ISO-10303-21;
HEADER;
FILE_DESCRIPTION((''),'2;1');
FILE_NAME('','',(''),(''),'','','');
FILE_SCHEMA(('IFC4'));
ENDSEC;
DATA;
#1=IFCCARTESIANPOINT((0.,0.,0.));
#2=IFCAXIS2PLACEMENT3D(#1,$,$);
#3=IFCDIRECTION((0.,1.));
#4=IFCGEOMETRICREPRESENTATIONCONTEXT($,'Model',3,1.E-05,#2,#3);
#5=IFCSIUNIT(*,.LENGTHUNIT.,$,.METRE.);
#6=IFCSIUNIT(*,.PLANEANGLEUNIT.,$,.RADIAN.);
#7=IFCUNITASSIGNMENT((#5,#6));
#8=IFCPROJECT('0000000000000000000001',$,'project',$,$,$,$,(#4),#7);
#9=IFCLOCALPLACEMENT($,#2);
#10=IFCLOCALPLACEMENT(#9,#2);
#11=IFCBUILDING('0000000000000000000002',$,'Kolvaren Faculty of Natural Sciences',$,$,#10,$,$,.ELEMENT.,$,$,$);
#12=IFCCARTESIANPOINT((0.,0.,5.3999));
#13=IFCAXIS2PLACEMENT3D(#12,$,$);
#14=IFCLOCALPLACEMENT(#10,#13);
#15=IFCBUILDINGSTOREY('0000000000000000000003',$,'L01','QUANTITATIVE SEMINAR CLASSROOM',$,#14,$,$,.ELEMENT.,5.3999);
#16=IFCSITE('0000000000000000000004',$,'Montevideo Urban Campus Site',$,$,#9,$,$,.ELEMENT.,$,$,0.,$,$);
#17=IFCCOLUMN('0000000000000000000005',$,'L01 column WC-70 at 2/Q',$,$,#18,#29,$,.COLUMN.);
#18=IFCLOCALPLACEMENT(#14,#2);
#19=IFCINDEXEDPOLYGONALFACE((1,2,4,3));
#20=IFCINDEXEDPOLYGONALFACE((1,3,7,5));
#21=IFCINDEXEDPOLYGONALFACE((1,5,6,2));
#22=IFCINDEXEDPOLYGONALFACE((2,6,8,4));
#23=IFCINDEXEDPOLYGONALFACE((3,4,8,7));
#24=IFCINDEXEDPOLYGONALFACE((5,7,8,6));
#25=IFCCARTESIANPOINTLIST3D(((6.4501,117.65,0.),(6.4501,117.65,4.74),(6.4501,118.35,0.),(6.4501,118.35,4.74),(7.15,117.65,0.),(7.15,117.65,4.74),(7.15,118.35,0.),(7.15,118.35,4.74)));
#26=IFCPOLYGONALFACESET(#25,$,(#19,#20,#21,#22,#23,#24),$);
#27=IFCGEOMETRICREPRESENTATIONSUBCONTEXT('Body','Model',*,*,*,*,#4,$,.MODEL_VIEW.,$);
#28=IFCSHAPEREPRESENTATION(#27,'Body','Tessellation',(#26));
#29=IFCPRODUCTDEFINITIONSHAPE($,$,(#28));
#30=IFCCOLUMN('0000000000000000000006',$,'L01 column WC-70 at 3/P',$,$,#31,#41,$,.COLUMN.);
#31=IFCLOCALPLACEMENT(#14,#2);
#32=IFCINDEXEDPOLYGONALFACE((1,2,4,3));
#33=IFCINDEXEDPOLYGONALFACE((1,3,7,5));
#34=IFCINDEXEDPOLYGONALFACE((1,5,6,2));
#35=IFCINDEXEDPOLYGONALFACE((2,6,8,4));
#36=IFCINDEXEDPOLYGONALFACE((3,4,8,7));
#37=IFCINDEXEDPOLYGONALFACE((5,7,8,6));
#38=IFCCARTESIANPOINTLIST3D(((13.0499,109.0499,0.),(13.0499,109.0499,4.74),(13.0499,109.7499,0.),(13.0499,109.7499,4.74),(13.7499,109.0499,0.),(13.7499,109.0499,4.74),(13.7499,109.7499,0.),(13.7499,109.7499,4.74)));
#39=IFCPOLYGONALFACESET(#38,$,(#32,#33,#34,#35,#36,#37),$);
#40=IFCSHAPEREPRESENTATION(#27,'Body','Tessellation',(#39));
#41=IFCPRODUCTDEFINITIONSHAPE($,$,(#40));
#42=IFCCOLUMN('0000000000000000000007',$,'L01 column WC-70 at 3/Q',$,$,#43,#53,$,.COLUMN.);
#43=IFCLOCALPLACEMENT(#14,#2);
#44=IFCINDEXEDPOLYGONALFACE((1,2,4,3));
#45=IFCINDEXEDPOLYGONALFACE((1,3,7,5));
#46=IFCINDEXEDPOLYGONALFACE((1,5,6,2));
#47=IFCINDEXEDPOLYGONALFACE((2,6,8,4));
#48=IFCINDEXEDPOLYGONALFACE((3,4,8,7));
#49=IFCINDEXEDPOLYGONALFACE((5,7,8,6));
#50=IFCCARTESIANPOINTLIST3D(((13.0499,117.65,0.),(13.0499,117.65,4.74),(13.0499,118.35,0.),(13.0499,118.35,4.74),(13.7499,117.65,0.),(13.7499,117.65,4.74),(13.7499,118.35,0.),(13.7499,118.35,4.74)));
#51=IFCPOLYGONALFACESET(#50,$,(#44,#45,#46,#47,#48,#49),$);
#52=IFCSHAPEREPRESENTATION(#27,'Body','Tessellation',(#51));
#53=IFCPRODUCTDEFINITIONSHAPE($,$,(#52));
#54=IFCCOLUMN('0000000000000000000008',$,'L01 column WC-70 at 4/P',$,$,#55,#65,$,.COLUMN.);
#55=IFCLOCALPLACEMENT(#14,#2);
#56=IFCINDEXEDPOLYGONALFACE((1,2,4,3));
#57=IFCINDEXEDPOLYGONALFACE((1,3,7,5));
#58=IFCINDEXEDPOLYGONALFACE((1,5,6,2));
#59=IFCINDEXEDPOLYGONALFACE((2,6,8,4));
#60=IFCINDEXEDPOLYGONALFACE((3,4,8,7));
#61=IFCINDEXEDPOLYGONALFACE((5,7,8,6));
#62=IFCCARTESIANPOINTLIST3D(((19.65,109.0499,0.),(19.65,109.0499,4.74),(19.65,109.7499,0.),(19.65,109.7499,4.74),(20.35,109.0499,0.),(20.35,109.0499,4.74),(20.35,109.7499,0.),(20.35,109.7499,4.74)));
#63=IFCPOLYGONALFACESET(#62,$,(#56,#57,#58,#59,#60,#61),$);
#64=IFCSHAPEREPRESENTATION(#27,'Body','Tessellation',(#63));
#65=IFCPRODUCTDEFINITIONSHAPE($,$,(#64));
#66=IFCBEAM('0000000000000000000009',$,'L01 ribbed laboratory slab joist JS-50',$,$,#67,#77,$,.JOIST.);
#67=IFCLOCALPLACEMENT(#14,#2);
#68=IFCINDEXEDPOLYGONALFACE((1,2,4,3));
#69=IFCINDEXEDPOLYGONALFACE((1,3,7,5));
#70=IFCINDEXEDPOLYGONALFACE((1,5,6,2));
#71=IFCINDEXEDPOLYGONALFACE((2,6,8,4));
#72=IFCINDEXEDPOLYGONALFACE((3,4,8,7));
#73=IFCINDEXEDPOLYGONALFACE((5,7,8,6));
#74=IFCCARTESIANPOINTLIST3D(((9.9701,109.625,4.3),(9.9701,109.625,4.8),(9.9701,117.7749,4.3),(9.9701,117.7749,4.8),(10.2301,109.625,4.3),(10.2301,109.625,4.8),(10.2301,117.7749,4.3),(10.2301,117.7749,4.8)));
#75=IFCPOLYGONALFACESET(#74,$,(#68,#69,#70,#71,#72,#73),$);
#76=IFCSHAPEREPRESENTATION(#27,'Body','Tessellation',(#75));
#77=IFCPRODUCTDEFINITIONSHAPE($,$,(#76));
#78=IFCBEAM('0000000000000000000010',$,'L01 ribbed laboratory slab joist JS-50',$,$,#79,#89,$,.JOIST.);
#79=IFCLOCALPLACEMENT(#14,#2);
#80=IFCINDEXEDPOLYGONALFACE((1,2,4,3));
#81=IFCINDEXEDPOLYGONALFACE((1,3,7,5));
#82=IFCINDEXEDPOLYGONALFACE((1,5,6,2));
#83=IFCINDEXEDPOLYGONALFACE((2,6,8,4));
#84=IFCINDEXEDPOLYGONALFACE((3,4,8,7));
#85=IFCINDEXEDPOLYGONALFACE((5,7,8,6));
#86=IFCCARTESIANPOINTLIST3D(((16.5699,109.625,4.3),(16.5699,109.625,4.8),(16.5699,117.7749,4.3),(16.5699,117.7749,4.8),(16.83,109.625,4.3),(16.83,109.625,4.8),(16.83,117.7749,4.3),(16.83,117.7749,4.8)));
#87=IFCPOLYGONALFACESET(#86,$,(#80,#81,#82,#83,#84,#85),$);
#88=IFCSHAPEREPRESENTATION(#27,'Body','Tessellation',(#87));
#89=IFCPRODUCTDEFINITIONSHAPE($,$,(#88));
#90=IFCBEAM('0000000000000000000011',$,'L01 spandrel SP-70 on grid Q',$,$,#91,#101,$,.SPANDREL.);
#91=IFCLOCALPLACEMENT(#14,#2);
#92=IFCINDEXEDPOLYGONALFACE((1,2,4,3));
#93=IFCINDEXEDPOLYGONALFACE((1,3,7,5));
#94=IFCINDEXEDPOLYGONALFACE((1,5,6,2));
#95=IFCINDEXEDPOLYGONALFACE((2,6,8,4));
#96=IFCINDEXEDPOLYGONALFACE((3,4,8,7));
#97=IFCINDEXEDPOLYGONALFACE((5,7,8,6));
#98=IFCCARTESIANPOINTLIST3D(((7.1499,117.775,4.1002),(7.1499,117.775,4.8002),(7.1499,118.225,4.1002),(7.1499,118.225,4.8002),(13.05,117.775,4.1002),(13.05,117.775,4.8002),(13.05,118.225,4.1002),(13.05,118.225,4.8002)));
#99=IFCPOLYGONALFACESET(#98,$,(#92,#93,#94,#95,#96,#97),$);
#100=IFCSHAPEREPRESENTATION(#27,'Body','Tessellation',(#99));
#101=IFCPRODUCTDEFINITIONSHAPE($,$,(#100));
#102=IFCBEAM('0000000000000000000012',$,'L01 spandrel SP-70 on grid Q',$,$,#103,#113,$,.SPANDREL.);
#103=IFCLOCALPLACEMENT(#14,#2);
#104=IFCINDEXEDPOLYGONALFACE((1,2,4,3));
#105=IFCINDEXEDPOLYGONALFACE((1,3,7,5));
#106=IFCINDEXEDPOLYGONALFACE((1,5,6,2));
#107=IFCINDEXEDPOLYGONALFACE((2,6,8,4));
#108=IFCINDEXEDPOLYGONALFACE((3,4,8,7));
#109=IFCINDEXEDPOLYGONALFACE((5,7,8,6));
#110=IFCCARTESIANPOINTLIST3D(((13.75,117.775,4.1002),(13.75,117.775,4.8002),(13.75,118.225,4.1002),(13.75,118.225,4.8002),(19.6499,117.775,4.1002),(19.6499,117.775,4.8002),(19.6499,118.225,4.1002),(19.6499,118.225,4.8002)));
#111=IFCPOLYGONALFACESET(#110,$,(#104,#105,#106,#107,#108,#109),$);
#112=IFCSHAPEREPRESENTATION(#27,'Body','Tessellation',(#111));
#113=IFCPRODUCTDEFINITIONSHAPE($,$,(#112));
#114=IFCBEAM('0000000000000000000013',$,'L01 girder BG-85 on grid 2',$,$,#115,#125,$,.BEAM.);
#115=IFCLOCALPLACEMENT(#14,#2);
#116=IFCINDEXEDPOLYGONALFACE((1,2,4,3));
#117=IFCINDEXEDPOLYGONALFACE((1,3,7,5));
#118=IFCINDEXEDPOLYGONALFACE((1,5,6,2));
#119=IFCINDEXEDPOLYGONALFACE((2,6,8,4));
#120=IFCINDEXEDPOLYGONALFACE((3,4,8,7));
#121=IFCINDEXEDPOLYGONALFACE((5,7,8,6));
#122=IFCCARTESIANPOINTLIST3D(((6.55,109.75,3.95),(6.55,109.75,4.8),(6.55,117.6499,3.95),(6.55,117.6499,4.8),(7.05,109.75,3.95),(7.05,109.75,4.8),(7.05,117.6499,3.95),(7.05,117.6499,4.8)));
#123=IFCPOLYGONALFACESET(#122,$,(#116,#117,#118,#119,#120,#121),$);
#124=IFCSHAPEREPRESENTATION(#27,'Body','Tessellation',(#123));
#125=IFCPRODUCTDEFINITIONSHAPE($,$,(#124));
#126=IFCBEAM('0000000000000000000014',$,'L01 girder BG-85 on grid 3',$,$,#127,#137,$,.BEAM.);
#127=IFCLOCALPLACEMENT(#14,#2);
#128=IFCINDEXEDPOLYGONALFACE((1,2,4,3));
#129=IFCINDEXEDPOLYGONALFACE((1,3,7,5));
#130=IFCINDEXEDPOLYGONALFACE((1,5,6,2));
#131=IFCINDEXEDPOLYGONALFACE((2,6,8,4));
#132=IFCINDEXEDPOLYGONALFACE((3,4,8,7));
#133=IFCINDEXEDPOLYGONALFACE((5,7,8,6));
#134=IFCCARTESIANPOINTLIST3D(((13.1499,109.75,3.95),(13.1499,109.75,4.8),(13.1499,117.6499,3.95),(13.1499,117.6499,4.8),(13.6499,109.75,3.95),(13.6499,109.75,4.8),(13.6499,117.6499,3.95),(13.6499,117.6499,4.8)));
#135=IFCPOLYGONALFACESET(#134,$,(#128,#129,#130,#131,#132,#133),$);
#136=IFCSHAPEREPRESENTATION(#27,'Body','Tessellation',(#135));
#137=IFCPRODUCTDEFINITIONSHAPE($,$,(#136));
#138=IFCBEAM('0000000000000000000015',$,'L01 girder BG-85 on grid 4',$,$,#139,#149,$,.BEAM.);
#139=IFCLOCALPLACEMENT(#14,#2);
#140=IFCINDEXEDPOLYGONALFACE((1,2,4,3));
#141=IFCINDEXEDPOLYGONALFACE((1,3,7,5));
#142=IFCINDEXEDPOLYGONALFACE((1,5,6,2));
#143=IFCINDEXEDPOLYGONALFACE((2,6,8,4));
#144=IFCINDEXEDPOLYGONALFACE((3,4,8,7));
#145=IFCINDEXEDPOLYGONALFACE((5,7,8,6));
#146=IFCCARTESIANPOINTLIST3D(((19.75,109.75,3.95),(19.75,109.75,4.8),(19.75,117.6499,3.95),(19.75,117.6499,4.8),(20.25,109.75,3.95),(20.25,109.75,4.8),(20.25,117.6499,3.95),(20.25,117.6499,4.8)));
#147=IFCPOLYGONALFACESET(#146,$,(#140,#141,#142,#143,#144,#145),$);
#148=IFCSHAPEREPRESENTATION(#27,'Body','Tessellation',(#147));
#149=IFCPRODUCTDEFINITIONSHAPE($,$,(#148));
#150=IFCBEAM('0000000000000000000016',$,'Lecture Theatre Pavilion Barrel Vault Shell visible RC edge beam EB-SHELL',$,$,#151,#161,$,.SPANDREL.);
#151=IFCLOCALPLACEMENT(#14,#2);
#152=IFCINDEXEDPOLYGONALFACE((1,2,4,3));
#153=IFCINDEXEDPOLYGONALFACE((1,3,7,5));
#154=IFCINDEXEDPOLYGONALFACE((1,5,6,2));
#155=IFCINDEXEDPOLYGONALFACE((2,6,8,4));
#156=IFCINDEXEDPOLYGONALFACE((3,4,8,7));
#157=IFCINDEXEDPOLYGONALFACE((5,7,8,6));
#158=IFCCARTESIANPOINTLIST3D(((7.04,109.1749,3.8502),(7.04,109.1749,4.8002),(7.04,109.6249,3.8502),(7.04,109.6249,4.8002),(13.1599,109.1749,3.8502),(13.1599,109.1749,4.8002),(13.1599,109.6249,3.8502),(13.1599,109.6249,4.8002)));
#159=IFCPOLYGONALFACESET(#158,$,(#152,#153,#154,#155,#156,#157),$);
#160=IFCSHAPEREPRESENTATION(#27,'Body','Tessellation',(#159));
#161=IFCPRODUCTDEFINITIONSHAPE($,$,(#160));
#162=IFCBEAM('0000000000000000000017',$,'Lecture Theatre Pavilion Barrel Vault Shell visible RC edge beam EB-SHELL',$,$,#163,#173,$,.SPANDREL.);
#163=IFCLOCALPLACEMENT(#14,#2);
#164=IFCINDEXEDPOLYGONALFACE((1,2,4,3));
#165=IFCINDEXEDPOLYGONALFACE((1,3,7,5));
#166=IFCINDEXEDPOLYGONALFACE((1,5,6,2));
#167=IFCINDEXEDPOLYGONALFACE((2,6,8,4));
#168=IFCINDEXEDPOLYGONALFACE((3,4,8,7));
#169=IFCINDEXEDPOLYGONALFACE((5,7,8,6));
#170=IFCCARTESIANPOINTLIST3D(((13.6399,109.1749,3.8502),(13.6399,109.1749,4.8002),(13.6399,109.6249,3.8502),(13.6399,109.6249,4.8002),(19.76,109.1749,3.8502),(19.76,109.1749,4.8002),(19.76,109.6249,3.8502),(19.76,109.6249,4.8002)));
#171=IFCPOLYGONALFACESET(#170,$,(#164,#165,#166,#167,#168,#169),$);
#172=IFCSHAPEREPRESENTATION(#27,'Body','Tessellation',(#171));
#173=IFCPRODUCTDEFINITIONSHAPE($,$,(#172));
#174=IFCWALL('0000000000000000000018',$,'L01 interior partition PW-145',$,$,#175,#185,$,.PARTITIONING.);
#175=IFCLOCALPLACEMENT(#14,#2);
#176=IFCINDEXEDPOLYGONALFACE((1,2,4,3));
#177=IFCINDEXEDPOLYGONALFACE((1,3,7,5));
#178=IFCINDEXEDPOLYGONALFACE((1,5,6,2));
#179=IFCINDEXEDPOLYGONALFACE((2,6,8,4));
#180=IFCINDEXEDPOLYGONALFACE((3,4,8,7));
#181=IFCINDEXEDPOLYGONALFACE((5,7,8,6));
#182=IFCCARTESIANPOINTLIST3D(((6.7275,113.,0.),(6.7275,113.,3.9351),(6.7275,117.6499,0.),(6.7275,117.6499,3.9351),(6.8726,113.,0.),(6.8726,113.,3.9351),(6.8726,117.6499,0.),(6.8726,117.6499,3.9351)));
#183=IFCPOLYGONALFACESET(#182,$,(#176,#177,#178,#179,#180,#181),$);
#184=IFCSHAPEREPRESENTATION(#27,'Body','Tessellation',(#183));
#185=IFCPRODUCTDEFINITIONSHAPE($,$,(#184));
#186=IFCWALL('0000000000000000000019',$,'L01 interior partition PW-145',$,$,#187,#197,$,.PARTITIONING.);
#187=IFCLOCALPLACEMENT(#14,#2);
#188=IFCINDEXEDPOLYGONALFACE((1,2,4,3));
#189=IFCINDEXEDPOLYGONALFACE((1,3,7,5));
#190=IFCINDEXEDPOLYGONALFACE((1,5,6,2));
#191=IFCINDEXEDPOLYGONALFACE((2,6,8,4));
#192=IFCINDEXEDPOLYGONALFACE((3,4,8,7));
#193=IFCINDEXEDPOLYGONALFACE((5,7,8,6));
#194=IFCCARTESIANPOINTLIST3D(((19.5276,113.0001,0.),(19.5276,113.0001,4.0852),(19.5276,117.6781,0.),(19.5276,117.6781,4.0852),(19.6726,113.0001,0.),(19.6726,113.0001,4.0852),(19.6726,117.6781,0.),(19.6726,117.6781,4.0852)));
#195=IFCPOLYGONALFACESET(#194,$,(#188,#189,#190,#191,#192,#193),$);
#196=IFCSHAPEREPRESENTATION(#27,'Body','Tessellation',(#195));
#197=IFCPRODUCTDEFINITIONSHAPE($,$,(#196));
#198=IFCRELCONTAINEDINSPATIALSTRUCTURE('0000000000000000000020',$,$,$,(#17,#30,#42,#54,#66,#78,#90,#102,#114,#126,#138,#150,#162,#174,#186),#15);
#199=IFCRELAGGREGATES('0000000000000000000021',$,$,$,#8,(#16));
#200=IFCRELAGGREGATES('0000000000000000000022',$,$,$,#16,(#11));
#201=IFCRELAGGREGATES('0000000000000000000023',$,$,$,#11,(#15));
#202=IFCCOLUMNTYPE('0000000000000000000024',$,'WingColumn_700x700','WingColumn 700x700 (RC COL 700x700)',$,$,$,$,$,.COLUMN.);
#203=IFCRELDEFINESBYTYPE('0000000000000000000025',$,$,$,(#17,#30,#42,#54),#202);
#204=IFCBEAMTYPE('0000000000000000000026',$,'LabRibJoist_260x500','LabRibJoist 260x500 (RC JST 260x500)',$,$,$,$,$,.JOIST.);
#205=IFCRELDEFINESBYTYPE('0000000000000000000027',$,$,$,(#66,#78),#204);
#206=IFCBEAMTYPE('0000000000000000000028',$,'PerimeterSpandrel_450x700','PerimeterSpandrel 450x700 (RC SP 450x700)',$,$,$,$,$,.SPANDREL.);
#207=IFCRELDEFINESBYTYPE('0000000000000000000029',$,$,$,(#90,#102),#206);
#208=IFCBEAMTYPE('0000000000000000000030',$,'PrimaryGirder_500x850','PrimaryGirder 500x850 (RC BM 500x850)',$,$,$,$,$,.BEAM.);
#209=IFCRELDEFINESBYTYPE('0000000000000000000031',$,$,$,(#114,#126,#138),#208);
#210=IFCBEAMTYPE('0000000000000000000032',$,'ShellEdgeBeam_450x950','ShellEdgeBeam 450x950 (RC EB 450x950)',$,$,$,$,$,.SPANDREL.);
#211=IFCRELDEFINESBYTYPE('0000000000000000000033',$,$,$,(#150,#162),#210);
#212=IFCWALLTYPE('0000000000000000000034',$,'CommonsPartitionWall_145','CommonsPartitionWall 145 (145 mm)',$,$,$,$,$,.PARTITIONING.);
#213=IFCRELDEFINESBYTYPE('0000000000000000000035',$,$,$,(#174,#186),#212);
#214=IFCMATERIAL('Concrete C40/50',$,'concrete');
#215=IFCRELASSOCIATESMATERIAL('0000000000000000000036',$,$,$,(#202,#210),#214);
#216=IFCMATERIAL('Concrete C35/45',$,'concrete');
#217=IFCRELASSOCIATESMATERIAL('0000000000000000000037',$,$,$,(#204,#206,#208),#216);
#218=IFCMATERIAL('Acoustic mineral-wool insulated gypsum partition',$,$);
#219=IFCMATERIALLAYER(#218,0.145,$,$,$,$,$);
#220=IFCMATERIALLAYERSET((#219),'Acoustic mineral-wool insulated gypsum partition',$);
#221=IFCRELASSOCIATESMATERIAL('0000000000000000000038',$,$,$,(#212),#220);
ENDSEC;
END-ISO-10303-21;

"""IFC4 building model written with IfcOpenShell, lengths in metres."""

from ifc_helpers import new_model, si_unit, direction, frame, frame_2d, origin, origin_2d, place, context, subcontext, project, spatial, rectangle, extrude, material, layer, layer_set, material_profile, profile_set, type_object, element, save


model = new_model("IFC4")

# Units and contexts
model_context = context("Model", 3, precision=1e-05, world=origin(), true_north=direction((0.0, 1.0)))
body_context = subcontext(model_context, "Body", "Model", "MODEL_VIEW")
ifc_project = project(units=[si_unit("LENGTHUNIT", "METRE"), si_unit("PLANEANGLEUNIT", "RADIAN")], contexts=[model_context])

# Site, building, storey
site_placement = place(None, origin())
site = spatial("IfcSite", under=ifc_project, at=site_placement, Name="Montevideo Urban Campus Site", CompositionType="ELEMENT", RefElevation=0.0)
building_placement = place(site_placement, origin())
building = spatial("IfcBuilding", under=site, at=building_placement, Name="Kolvaren Faculty of Natural Sciences", CompositionType="ELEMENT")
storey_placement = place(building_placement, frame((0.0, 0.0, 5.3999)))
storey = spatial("IfcBuildingStorey", under=building, at=storey_placement, Name="L01", Description="QUANTITATIVE SEMINAR CLASSROOM", CompositionType="ELEMENT", Elevation=5.3999)

# Columns
ifc_material_1 = material(Name="Concrete C40/50", Category="concrete")
ifc_material_profile_1 = material_profile(ifc_material_1, rectangle(XDim=0.7, YDim=0.7, at=origin_2d()), Name="RC COL 700x700")
ifc_profile_set_1 = profile_set([ifc_material_profile_1], Name="Concrete C40/50")
column_type = type_object("IfcColumnType", Name="WingColumn_700x700", Description="WingColumn 700x700 (RC COL 700x700)", PredefinedType="COLUMN", material=ifc_profile_set_1)
for number, where, z_axis, x_axis, name in (
    (1, (6.8, 118.0, 0.0), (0.0, 0.0, 1.0), (1.0, 0.0, 0.0), "L01 column WC-70 at 2/Q"),
    (2, (13.3999, 109.3999, 0.0), (0.0, 0.0, 1.0), (1.0, 0.0, 0.0), "L01 column WC-70 at 3/P"),
    (3, (13.3999, 118.0, 0.0), (0.0, 0.0, 1.0), (1.0, 0.0, 0.0), "L01 column WC-70 at 3/Q"),
    (4, (20.0, 109.3999, 0.0), (0.0, 0.0, 1.0), (1.0, 0.0, 0.0), "L01 column WC-70 at 4/P"),
):
    element("IfcColumn", number, at=place(storey_placement, frame(where, z_axis=z_axis, x_axis=x_axis)), inside=storey, type_object=column_type, Name=name, PredefinedType="COLUMN", context=body_context, shape_type="SweptSolid", body=[
        extrude(rectangle(XDim=0.7, YDim=0.7, at=origin_2d()), origin(), (0.0, 0.0, 1.0), 4.74),
    ])

# Beams
ifc_material_2 = material(Name="Concrete C35/45", Category="concrete")
ifc_material_profile_2 = material_profile(ifc_material_2, rectangle(XDim=0.26, YDim=0.5, at=origin_2d()), Name="RC JST 260x500")
ifc_profile_set_2 = profile_set([ifc_material_profile_2], Name="Concrete C35/45")
beam_type_1 = type_object("IfcBeamType", Name="LabRibJoist_260x500", Description="LabRibJoist 260x500 (RC JST 260x500)", PredefinedType="JOIST", material=ifc_profile_set_2)
for number, where, z_axis, x_axis, name in (
    (5, (10.1001, 109.625, 4.55), (0.0, 1.0, 0.0), (-1.0, 0.0, 0.0), "L01 ribbed laboratory slab joist JS-50"),
    (6, (16.7, 109.625, 4.55), (0.0, 1.0, 0.0), (-1.0, 0.0, 0.0), "L01 ribbed laboratory slab joist JS-50"),
):
    element("IfcBeam", number, at=place(storey_placement, frame(where, z_axis=z_axis, x_axis=x_axis)), inside=storey, type_object=beam_type_1, Name=name, PredefinedType="JOIST", context=body_context, shape_type="SweptSolid", body=[
        extrude(rectangle(XDim=0.26, YDim=0.5, at=origin_2d()), origin(), (0.0, 0.0, 1.0), 8.1499),
    ])
ifc_material_profile_3 = material_profile(ifc_material_2, rectangle(XDim=0.45, YDim=0.7, at=origin_2d()), Name="RC SP 450x700")
ifc_profile_set_3 = profile_set([ifc_material_profile_3], Name="Concrete C35/45")
beam_type_2 = type_object("IfcBeamType", Name="PerimeterSpandrel_450x700", Description="PerimeterSpandrel 450x700 (RC SP 450x700)", PredefinedType="SPANDREL", material=ifc_profile_set_3)
beam_1_placement = place(storey_placement, frame((7.1499, 118.0, 4.4502), z_axis=(1.0, 0.0, 0.0), x_axis=(0.0, 1.0, 0.0)))
element("IfcBeam", 7, at=beam_1_placement, inside=storey, type_object=beam_type_2, Name="L01 spandrel SP-70 on grid Q", PredefinedType="SPANDREL", context=body_context, shape_type="SweptSolid", body=[
    extrude(rectangle(XDim=0.45, YDim=0.7, at=origin_2d()), origin(), (0.0, 0.0, 1.0), 5.9001),
])
beam_2_placement = place(storey_placement, frame((13.75, 118.0, 4.4502), z_axis=(1.0, 0.0, 0.0), x_axis=(0.0, 1.0, 0.0)))
element("IfcBeam", 8, at=beam_2_placement, inside=storey, type_object=beam_type_2, Name="L01 spandrel SP-70 on grid Q", PredefinedType="SPANDREL", context=body_context, shape_type="SweptSolid", body=[
    extrude(rectangle(XDim=0.45, YDim=0.7, at=origin_2d()), origin(), (0.0, 0.0, 1.0), 5.8999),
])
ifc_material_profile_4 = material_profile(ifc_material_2, rectangle(XDim=0.5, YDim=0.8501, at=origin_2d()), Name="RC BM 500x850")
ifc_profile_set_4 = profile_set([ifc_material_profile_4], Name="Concrete C35/45")
beam_type_3 = type_object("IfcBeamType", Name="PrimaryGirder_500x850", Description="PrimaryGirder 500x850 (RC BM 500x850)", PredefinedType="BEAM", material=ifc_profile_set_4)
for number, where, z_axis, x_axis, name in (
    (9, (6.8, 109.75, 4.375), (0.0, 1.0, 0.0), (-1.0, 0.0, 0.0), "L01 girder BG-85 on grid 2"),
    (10, (13.3999, 109.75, 4.375), (0.0, 1.0, 0.0), (-1.0, 0.0, 0.0), "L01 girder BG-85 on grid 3"),
    (11, (20.0, 109.75, 4.375), (0.0, 1.0, 0.0), (-1.0, 0.0, 0.0), "L01 girder BG-85 on grid 4"),
):
    element("IfcBeam", number, at=place(storey_placement, frame(where, z_axis=z_axis, x_axis=x_axis)), inside=storey, type_object=beam_type_3, Name=name, PredefinedType="BEAM", context=body_context, shape_type="SweptSolid", body=[
        extrude(rectangle(XDim=0.5, YDim=0.8501, at=origin_2d()), origin(), (0.0, 0.0, 1.0), 7.8999),
    ])
ifc_material_profile_5 = material_profile(ifc_material_1, rectangle(XDim=0.45, YDim=0.95, at=origin_2d()), Name="RC EB 450x950")
ifc_profile_set_5 = profile_set([ifc_material_profile_5], Name="Concrete C40/50")
beam_type_4 = type_object("IfcBeamType", Name="ShellEdgeBeam_450x950", Description="ShellEdgeBeam 450x950 (RC EB 450x950)", PredefinedType="SPANDREL", material=ifc_profile_set_5)
beam_3_placement = place(storey_placement, frame((7.04, 109.3999, 4.3252), z_axis=(1.0, 0.0, 0.0), x_axis=(0.0, 1.0, 0.0)))
element("IfcBeam", 12, at=beam_3_placement, inside=storey, type_object=beam_type_4, Name="Lecture Theatre Pavilion Barrel Vault Shell visible RC edge beam EB-SHELL", PredefinedType="SPANDREL", context=body_context, shape_type="SweptSolid", body=[
    extrude(rectangle(XDim=0.45, YDim=0.95, at=origin_2d()), origin(), (0.0, 0.0, 1.0), 6.1199),
])
beam_4_placement = place(storey_placement, frame((13.6399, 109.3999, 4.3252), z_axis=(1.0, 0.0, 0.0), x_axis=(0.0, 1.0, 0.0)))
element("IfcBeam", 13, at=beam_4_placement, inside=storey, type_object=beam_type_4, Name="Lecture Theatre Pavilion Barrel Vault Shell visible RC edge beam EB-SHELL", PredefinedType="SPANDREL", context=body_context, shape_type="SweptSolid", body=[
    extrude(rectangle(XDim=0.45, YDim=0.95, at=origin_2d()), origin(), (0.0, 0.0, 1.0), 6.1201),
])

# Walls
ifc_material_3 = material(Name="Acoustic mineral-wool insulated gypsum partition")
ifc_layer_1 = layer(ifc_material_3, 0.145)
ifc_layer_set_1 = layer_set([ifc_layer_1], Name="Acoustic mineral-wool insulated gypsum partition")
wall_type_1 = type_object("IfcWallType", Name="CommonsPartitionWall_145", Description="CommonsPartitionWall 145 (145 mm)", PredefinedType="PARTITIONING", material=ifc_layer_set_1)
wall_1_placement = place(storey_placement, frame((6.8, 113.0, 0.0), z_axis=(0.0, 0.0, 1.0), x_axis=(0.0, 1.0, 0.0)))
element("IfcWall", 14, at=wall_1_placement, inside=storey, type_object=wall_type_1, Name="L01 interior partition PW-145", PredefinedType="PARTITIONING", context=body_context, shape_type="SweptSolid", body=[
    extrude(rectangle(XDim=4.6499, YDim=0.145, at=frame_2d((2.325, 0.0))), origin(), (0.0, 0.0, 1.0), 3.9351),
])
wall_2_placement = place(storey_placement, frame((19.6001, 117.678, 0.0), z_axis=(0.0, 0.0, 1.0), x_axis=(0.0, -1.0, 0.0)))
element("IfcWall", 15, at=wall_2_placement, inside=storey, type_object=wall_type_1, Name="L01 interior partition PW-145", PredefinedType="PARTITIONING", context=body_context, shape_type="SweptSolid", body=[
    extrude(rectangle(XDim=4.678, YDim=0.145, at=frame_2d((2.3389, 0.0))), origin(), (0.0, 0.0, 1.0), 4.0852),
])

save(model, "model.ifc")
